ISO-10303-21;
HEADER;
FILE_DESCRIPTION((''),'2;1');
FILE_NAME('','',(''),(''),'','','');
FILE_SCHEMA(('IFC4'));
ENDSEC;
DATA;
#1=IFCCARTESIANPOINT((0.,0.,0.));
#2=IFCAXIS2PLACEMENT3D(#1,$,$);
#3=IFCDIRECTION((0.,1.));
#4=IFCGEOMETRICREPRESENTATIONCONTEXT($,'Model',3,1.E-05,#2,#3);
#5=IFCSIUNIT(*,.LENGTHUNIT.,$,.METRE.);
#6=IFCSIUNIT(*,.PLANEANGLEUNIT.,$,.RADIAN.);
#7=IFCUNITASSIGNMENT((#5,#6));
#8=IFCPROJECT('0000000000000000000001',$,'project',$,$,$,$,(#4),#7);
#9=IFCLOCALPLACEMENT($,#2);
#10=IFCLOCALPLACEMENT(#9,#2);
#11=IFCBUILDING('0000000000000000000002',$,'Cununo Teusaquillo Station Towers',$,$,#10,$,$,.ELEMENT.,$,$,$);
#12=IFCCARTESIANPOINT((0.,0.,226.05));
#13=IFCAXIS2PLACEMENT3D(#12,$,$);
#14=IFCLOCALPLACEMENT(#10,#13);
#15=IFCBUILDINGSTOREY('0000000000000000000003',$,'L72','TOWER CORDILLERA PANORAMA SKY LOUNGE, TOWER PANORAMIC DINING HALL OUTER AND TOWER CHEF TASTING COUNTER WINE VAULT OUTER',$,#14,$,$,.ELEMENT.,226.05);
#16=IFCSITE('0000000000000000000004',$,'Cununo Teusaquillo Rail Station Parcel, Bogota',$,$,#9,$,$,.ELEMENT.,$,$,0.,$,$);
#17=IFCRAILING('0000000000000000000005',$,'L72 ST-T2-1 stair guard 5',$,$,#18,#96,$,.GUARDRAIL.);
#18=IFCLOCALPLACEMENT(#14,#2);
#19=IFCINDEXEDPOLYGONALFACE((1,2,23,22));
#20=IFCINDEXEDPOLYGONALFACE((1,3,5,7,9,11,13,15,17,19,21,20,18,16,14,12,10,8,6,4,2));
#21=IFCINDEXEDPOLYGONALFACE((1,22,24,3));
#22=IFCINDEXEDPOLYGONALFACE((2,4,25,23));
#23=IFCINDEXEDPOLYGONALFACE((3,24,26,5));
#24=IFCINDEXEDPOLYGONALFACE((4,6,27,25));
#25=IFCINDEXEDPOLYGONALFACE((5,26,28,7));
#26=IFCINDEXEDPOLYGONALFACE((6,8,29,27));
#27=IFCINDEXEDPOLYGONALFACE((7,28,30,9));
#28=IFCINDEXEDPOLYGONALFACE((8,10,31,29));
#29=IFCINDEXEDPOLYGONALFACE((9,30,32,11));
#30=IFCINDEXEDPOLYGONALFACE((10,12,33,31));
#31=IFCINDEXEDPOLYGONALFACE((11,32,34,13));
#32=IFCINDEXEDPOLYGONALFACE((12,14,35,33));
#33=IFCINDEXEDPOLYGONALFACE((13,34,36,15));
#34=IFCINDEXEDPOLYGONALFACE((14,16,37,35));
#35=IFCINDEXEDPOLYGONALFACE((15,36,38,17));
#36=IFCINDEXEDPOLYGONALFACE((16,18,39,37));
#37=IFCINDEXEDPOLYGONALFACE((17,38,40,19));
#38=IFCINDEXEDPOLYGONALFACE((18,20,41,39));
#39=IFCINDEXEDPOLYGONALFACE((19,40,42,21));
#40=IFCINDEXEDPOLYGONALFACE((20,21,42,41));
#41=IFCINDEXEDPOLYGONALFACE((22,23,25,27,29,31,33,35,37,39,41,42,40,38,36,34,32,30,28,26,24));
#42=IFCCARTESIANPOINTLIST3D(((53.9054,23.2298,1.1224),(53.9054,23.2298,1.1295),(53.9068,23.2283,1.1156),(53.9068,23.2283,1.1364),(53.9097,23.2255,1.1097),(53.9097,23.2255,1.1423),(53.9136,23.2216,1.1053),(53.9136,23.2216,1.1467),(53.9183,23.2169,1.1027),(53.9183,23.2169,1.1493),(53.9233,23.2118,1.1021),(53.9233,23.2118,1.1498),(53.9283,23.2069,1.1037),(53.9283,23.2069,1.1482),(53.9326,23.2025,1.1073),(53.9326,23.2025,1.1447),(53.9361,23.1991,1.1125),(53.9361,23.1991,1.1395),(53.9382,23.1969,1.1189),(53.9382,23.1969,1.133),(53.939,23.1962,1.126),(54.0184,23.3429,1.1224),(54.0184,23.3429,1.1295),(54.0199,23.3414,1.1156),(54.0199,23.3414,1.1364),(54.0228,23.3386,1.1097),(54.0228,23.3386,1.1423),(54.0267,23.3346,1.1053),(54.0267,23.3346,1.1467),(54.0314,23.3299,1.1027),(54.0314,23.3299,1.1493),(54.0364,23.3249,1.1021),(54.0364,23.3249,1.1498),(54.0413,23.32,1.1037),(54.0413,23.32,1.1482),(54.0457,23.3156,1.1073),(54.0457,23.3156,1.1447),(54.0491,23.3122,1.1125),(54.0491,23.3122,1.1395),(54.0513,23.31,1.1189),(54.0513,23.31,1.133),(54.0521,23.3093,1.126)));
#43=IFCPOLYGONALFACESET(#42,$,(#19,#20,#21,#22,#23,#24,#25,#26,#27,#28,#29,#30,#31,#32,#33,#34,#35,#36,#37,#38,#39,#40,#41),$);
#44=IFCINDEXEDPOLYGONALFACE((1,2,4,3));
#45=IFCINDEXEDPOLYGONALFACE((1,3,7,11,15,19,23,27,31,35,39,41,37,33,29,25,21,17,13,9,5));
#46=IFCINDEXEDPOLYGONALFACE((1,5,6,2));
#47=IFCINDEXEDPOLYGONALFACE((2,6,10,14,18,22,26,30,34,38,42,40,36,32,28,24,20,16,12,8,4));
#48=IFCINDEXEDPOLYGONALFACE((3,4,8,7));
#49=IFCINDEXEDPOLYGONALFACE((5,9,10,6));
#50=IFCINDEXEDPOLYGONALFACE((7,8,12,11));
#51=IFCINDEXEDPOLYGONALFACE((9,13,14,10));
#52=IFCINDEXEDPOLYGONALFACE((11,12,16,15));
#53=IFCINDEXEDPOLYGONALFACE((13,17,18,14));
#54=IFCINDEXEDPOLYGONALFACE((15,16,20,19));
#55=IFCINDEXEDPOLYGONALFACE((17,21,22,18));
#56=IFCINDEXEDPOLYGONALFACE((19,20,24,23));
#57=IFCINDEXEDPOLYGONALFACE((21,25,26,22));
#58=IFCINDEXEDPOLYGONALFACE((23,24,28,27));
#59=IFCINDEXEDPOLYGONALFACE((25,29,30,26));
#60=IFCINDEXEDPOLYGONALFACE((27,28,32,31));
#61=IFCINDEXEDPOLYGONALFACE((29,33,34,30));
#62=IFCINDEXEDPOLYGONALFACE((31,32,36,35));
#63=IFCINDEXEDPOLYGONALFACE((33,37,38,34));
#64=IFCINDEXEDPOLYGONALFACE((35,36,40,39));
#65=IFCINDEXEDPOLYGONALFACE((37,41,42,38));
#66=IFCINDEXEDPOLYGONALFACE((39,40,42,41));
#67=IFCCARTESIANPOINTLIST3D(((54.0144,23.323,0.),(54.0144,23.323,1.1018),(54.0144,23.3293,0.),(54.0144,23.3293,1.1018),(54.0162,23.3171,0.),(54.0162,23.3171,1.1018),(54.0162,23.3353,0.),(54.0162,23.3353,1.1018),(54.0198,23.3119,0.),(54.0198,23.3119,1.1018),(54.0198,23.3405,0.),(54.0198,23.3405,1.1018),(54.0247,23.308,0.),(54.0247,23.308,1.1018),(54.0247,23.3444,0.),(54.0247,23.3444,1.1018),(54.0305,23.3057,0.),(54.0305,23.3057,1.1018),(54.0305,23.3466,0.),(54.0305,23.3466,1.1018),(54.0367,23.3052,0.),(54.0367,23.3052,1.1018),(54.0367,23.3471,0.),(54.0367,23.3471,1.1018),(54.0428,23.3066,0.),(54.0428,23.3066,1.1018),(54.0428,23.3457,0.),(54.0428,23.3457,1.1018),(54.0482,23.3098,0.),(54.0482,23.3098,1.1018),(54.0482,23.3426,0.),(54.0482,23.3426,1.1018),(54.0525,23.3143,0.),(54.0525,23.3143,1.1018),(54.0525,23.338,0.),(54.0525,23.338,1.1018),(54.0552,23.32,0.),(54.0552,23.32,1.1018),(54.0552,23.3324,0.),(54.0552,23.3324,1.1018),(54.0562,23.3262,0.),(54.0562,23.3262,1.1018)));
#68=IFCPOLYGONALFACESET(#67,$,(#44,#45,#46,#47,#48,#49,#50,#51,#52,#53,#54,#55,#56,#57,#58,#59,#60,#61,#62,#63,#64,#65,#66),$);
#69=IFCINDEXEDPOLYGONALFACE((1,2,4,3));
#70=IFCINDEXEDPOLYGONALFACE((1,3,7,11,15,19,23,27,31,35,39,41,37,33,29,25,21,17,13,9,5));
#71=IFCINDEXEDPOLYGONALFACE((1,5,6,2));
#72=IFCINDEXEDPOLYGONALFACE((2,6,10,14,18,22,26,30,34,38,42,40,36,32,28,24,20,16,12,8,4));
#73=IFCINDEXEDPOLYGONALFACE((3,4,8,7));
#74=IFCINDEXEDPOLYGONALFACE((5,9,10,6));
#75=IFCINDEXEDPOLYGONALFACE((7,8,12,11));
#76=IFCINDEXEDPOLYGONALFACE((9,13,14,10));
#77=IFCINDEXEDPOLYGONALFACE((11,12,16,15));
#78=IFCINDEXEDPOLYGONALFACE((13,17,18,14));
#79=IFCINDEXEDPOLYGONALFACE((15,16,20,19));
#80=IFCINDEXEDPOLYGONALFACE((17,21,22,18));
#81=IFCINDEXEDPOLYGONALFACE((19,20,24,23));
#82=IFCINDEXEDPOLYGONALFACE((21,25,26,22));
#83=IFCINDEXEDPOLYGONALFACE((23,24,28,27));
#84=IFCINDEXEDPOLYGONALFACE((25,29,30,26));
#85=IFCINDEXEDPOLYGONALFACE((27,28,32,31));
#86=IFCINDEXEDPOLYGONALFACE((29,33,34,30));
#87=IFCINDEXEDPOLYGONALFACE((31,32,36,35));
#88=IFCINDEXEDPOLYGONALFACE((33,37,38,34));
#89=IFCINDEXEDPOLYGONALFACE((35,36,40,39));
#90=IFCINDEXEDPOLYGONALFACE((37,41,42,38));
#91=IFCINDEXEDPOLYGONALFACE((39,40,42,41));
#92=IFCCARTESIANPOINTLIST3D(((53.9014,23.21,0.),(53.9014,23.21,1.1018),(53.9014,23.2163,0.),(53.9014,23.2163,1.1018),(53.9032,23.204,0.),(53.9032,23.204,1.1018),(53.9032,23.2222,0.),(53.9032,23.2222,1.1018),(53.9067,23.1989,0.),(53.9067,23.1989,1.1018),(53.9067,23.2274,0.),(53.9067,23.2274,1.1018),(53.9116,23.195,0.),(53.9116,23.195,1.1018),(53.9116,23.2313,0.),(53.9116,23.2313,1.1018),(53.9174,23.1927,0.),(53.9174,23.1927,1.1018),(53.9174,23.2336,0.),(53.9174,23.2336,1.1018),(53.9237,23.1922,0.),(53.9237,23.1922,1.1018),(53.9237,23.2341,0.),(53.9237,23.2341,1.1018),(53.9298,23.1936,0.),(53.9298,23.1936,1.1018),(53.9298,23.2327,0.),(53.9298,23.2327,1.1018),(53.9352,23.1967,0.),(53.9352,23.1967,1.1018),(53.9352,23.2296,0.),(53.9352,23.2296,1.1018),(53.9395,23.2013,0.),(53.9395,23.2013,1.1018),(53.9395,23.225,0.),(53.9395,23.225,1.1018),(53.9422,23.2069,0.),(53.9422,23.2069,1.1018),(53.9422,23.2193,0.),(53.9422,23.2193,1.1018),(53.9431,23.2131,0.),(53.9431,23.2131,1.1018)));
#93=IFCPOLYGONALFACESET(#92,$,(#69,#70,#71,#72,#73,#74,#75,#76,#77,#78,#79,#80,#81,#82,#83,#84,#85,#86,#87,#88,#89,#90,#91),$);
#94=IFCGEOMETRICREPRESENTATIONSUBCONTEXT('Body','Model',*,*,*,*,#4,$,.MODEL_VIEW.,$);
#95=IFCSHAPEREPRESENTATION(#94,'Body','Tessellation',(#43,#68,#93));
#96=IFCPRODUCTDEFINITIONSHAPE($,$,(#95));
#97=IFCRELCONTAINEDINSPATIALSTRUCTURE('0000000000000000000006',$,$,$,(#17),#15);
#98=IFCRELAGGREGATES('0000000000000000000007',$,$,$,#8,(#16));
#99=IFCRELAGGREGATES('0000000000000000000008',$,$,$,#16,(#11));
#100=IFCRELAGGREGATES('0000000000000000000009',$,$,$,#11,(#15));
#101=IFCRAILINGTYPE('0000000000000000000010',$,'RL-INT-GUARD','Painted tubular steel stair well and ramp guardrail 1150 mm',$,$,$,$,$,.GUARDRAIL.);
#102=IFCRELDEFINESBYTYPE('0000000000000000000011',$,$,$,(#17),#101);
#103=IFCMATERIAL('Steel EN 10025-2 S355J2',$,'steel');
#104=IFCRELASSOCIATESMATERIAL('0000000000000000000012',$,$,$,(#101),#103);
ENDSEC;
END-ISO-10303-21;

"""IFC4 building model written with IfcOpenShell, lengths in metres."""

from ifc_helpers import new_model, si_unit, direction, frame, origin, origin_2d, place, context, subcontext, project, spatial, circle, extrude, material, type_object, element, save


model = new_model("IFC4")

# Units and contexts
model_context = context("Model", 3, precision=1e-05, world=origin(), true_north=direction((0.0, 1.0)))
body_context = subcontext(model_context, "Body", "Model", "MODEL_VIEW")
ifc_project = project(units=[si_unit("LENGTHUNIT", "METRE"), si_unit("PLANEANGLEUNIT", "RADIAN")], contexts=[model_context])

# Site, building, storey
site_placement = place(None, origin())
site = spatial("IfcSite", under=ifc_project, at=site_placement, Name="Cununo Teusaquillo Rail Station Parcel, Bogota", CompositionType="ELEMENT", RefElevation=0.0)
building_placement = place(site_placement, origin())
building = spatial("IfcBuilding", under=site, at=building_placement, Name="Cununo Teusaquillo Station Towers", CompositionType="ELEMENT")
storey_placement = place(building_placement, frame((0.0, 0.0, 226.05)))
storey = spatial("IfcBuildingStorey", under=building, at=storey_placement, Name="L72", Description="TOWER CORDILLERA PANORAMA SKY LOUNGE, TOWER PANORAMIC DINING HALL OUTER AND TOWER CHEF TASTING COUNTER WINE VAULT OUTER", CompositionType="ELEMENT", Elevation=226.05)

# Railing
ifc_material_1 = material(Name="Steel EN 10025-2 S355J2", Category="steel")
railing_type_1 = type_object("IfcRailingType", Name="RL-INT-GUARD", Description="Painted tubular steel stair well and ramp guardrail 1150 mm", PredefinedType="GUARDRAIL", material=ifc_material_1)
railing_1_placement = place(storey_placement, frame((54.0352, 23.3262, 0.0)))
element("IfcRailing", 1, at=railing_1_placement, inside=storey, type_object=railing_type_1, Name="L72 ST-T2-1 stair guard 5", PredefinedType="GUARDRAIL", context=body_context, shape_type="SweptSolid", body=[
    extrude(circle(Radius=0.0239, at=origin_2d()), frame((0.0, 0.0, 1.126), z_axis=(-0.707107, -0.707107, 0.0), x_axis=(0.707107, -0.707107, 0.0)), (0.0, 0.0, 1.0), 0.1599),
    extrude(circle(Radius=0.021, at=origin_2d()), origin(), (0.0, 0.0, 1.0), 1.1018),
    extrude(circle(Radius=0.021, at=origin_2d()), frame((-0.113, -0.113, 0.0)), (0.0, 0.0, 1.0), 1.1018),
])

save(model, "model.ifc")
